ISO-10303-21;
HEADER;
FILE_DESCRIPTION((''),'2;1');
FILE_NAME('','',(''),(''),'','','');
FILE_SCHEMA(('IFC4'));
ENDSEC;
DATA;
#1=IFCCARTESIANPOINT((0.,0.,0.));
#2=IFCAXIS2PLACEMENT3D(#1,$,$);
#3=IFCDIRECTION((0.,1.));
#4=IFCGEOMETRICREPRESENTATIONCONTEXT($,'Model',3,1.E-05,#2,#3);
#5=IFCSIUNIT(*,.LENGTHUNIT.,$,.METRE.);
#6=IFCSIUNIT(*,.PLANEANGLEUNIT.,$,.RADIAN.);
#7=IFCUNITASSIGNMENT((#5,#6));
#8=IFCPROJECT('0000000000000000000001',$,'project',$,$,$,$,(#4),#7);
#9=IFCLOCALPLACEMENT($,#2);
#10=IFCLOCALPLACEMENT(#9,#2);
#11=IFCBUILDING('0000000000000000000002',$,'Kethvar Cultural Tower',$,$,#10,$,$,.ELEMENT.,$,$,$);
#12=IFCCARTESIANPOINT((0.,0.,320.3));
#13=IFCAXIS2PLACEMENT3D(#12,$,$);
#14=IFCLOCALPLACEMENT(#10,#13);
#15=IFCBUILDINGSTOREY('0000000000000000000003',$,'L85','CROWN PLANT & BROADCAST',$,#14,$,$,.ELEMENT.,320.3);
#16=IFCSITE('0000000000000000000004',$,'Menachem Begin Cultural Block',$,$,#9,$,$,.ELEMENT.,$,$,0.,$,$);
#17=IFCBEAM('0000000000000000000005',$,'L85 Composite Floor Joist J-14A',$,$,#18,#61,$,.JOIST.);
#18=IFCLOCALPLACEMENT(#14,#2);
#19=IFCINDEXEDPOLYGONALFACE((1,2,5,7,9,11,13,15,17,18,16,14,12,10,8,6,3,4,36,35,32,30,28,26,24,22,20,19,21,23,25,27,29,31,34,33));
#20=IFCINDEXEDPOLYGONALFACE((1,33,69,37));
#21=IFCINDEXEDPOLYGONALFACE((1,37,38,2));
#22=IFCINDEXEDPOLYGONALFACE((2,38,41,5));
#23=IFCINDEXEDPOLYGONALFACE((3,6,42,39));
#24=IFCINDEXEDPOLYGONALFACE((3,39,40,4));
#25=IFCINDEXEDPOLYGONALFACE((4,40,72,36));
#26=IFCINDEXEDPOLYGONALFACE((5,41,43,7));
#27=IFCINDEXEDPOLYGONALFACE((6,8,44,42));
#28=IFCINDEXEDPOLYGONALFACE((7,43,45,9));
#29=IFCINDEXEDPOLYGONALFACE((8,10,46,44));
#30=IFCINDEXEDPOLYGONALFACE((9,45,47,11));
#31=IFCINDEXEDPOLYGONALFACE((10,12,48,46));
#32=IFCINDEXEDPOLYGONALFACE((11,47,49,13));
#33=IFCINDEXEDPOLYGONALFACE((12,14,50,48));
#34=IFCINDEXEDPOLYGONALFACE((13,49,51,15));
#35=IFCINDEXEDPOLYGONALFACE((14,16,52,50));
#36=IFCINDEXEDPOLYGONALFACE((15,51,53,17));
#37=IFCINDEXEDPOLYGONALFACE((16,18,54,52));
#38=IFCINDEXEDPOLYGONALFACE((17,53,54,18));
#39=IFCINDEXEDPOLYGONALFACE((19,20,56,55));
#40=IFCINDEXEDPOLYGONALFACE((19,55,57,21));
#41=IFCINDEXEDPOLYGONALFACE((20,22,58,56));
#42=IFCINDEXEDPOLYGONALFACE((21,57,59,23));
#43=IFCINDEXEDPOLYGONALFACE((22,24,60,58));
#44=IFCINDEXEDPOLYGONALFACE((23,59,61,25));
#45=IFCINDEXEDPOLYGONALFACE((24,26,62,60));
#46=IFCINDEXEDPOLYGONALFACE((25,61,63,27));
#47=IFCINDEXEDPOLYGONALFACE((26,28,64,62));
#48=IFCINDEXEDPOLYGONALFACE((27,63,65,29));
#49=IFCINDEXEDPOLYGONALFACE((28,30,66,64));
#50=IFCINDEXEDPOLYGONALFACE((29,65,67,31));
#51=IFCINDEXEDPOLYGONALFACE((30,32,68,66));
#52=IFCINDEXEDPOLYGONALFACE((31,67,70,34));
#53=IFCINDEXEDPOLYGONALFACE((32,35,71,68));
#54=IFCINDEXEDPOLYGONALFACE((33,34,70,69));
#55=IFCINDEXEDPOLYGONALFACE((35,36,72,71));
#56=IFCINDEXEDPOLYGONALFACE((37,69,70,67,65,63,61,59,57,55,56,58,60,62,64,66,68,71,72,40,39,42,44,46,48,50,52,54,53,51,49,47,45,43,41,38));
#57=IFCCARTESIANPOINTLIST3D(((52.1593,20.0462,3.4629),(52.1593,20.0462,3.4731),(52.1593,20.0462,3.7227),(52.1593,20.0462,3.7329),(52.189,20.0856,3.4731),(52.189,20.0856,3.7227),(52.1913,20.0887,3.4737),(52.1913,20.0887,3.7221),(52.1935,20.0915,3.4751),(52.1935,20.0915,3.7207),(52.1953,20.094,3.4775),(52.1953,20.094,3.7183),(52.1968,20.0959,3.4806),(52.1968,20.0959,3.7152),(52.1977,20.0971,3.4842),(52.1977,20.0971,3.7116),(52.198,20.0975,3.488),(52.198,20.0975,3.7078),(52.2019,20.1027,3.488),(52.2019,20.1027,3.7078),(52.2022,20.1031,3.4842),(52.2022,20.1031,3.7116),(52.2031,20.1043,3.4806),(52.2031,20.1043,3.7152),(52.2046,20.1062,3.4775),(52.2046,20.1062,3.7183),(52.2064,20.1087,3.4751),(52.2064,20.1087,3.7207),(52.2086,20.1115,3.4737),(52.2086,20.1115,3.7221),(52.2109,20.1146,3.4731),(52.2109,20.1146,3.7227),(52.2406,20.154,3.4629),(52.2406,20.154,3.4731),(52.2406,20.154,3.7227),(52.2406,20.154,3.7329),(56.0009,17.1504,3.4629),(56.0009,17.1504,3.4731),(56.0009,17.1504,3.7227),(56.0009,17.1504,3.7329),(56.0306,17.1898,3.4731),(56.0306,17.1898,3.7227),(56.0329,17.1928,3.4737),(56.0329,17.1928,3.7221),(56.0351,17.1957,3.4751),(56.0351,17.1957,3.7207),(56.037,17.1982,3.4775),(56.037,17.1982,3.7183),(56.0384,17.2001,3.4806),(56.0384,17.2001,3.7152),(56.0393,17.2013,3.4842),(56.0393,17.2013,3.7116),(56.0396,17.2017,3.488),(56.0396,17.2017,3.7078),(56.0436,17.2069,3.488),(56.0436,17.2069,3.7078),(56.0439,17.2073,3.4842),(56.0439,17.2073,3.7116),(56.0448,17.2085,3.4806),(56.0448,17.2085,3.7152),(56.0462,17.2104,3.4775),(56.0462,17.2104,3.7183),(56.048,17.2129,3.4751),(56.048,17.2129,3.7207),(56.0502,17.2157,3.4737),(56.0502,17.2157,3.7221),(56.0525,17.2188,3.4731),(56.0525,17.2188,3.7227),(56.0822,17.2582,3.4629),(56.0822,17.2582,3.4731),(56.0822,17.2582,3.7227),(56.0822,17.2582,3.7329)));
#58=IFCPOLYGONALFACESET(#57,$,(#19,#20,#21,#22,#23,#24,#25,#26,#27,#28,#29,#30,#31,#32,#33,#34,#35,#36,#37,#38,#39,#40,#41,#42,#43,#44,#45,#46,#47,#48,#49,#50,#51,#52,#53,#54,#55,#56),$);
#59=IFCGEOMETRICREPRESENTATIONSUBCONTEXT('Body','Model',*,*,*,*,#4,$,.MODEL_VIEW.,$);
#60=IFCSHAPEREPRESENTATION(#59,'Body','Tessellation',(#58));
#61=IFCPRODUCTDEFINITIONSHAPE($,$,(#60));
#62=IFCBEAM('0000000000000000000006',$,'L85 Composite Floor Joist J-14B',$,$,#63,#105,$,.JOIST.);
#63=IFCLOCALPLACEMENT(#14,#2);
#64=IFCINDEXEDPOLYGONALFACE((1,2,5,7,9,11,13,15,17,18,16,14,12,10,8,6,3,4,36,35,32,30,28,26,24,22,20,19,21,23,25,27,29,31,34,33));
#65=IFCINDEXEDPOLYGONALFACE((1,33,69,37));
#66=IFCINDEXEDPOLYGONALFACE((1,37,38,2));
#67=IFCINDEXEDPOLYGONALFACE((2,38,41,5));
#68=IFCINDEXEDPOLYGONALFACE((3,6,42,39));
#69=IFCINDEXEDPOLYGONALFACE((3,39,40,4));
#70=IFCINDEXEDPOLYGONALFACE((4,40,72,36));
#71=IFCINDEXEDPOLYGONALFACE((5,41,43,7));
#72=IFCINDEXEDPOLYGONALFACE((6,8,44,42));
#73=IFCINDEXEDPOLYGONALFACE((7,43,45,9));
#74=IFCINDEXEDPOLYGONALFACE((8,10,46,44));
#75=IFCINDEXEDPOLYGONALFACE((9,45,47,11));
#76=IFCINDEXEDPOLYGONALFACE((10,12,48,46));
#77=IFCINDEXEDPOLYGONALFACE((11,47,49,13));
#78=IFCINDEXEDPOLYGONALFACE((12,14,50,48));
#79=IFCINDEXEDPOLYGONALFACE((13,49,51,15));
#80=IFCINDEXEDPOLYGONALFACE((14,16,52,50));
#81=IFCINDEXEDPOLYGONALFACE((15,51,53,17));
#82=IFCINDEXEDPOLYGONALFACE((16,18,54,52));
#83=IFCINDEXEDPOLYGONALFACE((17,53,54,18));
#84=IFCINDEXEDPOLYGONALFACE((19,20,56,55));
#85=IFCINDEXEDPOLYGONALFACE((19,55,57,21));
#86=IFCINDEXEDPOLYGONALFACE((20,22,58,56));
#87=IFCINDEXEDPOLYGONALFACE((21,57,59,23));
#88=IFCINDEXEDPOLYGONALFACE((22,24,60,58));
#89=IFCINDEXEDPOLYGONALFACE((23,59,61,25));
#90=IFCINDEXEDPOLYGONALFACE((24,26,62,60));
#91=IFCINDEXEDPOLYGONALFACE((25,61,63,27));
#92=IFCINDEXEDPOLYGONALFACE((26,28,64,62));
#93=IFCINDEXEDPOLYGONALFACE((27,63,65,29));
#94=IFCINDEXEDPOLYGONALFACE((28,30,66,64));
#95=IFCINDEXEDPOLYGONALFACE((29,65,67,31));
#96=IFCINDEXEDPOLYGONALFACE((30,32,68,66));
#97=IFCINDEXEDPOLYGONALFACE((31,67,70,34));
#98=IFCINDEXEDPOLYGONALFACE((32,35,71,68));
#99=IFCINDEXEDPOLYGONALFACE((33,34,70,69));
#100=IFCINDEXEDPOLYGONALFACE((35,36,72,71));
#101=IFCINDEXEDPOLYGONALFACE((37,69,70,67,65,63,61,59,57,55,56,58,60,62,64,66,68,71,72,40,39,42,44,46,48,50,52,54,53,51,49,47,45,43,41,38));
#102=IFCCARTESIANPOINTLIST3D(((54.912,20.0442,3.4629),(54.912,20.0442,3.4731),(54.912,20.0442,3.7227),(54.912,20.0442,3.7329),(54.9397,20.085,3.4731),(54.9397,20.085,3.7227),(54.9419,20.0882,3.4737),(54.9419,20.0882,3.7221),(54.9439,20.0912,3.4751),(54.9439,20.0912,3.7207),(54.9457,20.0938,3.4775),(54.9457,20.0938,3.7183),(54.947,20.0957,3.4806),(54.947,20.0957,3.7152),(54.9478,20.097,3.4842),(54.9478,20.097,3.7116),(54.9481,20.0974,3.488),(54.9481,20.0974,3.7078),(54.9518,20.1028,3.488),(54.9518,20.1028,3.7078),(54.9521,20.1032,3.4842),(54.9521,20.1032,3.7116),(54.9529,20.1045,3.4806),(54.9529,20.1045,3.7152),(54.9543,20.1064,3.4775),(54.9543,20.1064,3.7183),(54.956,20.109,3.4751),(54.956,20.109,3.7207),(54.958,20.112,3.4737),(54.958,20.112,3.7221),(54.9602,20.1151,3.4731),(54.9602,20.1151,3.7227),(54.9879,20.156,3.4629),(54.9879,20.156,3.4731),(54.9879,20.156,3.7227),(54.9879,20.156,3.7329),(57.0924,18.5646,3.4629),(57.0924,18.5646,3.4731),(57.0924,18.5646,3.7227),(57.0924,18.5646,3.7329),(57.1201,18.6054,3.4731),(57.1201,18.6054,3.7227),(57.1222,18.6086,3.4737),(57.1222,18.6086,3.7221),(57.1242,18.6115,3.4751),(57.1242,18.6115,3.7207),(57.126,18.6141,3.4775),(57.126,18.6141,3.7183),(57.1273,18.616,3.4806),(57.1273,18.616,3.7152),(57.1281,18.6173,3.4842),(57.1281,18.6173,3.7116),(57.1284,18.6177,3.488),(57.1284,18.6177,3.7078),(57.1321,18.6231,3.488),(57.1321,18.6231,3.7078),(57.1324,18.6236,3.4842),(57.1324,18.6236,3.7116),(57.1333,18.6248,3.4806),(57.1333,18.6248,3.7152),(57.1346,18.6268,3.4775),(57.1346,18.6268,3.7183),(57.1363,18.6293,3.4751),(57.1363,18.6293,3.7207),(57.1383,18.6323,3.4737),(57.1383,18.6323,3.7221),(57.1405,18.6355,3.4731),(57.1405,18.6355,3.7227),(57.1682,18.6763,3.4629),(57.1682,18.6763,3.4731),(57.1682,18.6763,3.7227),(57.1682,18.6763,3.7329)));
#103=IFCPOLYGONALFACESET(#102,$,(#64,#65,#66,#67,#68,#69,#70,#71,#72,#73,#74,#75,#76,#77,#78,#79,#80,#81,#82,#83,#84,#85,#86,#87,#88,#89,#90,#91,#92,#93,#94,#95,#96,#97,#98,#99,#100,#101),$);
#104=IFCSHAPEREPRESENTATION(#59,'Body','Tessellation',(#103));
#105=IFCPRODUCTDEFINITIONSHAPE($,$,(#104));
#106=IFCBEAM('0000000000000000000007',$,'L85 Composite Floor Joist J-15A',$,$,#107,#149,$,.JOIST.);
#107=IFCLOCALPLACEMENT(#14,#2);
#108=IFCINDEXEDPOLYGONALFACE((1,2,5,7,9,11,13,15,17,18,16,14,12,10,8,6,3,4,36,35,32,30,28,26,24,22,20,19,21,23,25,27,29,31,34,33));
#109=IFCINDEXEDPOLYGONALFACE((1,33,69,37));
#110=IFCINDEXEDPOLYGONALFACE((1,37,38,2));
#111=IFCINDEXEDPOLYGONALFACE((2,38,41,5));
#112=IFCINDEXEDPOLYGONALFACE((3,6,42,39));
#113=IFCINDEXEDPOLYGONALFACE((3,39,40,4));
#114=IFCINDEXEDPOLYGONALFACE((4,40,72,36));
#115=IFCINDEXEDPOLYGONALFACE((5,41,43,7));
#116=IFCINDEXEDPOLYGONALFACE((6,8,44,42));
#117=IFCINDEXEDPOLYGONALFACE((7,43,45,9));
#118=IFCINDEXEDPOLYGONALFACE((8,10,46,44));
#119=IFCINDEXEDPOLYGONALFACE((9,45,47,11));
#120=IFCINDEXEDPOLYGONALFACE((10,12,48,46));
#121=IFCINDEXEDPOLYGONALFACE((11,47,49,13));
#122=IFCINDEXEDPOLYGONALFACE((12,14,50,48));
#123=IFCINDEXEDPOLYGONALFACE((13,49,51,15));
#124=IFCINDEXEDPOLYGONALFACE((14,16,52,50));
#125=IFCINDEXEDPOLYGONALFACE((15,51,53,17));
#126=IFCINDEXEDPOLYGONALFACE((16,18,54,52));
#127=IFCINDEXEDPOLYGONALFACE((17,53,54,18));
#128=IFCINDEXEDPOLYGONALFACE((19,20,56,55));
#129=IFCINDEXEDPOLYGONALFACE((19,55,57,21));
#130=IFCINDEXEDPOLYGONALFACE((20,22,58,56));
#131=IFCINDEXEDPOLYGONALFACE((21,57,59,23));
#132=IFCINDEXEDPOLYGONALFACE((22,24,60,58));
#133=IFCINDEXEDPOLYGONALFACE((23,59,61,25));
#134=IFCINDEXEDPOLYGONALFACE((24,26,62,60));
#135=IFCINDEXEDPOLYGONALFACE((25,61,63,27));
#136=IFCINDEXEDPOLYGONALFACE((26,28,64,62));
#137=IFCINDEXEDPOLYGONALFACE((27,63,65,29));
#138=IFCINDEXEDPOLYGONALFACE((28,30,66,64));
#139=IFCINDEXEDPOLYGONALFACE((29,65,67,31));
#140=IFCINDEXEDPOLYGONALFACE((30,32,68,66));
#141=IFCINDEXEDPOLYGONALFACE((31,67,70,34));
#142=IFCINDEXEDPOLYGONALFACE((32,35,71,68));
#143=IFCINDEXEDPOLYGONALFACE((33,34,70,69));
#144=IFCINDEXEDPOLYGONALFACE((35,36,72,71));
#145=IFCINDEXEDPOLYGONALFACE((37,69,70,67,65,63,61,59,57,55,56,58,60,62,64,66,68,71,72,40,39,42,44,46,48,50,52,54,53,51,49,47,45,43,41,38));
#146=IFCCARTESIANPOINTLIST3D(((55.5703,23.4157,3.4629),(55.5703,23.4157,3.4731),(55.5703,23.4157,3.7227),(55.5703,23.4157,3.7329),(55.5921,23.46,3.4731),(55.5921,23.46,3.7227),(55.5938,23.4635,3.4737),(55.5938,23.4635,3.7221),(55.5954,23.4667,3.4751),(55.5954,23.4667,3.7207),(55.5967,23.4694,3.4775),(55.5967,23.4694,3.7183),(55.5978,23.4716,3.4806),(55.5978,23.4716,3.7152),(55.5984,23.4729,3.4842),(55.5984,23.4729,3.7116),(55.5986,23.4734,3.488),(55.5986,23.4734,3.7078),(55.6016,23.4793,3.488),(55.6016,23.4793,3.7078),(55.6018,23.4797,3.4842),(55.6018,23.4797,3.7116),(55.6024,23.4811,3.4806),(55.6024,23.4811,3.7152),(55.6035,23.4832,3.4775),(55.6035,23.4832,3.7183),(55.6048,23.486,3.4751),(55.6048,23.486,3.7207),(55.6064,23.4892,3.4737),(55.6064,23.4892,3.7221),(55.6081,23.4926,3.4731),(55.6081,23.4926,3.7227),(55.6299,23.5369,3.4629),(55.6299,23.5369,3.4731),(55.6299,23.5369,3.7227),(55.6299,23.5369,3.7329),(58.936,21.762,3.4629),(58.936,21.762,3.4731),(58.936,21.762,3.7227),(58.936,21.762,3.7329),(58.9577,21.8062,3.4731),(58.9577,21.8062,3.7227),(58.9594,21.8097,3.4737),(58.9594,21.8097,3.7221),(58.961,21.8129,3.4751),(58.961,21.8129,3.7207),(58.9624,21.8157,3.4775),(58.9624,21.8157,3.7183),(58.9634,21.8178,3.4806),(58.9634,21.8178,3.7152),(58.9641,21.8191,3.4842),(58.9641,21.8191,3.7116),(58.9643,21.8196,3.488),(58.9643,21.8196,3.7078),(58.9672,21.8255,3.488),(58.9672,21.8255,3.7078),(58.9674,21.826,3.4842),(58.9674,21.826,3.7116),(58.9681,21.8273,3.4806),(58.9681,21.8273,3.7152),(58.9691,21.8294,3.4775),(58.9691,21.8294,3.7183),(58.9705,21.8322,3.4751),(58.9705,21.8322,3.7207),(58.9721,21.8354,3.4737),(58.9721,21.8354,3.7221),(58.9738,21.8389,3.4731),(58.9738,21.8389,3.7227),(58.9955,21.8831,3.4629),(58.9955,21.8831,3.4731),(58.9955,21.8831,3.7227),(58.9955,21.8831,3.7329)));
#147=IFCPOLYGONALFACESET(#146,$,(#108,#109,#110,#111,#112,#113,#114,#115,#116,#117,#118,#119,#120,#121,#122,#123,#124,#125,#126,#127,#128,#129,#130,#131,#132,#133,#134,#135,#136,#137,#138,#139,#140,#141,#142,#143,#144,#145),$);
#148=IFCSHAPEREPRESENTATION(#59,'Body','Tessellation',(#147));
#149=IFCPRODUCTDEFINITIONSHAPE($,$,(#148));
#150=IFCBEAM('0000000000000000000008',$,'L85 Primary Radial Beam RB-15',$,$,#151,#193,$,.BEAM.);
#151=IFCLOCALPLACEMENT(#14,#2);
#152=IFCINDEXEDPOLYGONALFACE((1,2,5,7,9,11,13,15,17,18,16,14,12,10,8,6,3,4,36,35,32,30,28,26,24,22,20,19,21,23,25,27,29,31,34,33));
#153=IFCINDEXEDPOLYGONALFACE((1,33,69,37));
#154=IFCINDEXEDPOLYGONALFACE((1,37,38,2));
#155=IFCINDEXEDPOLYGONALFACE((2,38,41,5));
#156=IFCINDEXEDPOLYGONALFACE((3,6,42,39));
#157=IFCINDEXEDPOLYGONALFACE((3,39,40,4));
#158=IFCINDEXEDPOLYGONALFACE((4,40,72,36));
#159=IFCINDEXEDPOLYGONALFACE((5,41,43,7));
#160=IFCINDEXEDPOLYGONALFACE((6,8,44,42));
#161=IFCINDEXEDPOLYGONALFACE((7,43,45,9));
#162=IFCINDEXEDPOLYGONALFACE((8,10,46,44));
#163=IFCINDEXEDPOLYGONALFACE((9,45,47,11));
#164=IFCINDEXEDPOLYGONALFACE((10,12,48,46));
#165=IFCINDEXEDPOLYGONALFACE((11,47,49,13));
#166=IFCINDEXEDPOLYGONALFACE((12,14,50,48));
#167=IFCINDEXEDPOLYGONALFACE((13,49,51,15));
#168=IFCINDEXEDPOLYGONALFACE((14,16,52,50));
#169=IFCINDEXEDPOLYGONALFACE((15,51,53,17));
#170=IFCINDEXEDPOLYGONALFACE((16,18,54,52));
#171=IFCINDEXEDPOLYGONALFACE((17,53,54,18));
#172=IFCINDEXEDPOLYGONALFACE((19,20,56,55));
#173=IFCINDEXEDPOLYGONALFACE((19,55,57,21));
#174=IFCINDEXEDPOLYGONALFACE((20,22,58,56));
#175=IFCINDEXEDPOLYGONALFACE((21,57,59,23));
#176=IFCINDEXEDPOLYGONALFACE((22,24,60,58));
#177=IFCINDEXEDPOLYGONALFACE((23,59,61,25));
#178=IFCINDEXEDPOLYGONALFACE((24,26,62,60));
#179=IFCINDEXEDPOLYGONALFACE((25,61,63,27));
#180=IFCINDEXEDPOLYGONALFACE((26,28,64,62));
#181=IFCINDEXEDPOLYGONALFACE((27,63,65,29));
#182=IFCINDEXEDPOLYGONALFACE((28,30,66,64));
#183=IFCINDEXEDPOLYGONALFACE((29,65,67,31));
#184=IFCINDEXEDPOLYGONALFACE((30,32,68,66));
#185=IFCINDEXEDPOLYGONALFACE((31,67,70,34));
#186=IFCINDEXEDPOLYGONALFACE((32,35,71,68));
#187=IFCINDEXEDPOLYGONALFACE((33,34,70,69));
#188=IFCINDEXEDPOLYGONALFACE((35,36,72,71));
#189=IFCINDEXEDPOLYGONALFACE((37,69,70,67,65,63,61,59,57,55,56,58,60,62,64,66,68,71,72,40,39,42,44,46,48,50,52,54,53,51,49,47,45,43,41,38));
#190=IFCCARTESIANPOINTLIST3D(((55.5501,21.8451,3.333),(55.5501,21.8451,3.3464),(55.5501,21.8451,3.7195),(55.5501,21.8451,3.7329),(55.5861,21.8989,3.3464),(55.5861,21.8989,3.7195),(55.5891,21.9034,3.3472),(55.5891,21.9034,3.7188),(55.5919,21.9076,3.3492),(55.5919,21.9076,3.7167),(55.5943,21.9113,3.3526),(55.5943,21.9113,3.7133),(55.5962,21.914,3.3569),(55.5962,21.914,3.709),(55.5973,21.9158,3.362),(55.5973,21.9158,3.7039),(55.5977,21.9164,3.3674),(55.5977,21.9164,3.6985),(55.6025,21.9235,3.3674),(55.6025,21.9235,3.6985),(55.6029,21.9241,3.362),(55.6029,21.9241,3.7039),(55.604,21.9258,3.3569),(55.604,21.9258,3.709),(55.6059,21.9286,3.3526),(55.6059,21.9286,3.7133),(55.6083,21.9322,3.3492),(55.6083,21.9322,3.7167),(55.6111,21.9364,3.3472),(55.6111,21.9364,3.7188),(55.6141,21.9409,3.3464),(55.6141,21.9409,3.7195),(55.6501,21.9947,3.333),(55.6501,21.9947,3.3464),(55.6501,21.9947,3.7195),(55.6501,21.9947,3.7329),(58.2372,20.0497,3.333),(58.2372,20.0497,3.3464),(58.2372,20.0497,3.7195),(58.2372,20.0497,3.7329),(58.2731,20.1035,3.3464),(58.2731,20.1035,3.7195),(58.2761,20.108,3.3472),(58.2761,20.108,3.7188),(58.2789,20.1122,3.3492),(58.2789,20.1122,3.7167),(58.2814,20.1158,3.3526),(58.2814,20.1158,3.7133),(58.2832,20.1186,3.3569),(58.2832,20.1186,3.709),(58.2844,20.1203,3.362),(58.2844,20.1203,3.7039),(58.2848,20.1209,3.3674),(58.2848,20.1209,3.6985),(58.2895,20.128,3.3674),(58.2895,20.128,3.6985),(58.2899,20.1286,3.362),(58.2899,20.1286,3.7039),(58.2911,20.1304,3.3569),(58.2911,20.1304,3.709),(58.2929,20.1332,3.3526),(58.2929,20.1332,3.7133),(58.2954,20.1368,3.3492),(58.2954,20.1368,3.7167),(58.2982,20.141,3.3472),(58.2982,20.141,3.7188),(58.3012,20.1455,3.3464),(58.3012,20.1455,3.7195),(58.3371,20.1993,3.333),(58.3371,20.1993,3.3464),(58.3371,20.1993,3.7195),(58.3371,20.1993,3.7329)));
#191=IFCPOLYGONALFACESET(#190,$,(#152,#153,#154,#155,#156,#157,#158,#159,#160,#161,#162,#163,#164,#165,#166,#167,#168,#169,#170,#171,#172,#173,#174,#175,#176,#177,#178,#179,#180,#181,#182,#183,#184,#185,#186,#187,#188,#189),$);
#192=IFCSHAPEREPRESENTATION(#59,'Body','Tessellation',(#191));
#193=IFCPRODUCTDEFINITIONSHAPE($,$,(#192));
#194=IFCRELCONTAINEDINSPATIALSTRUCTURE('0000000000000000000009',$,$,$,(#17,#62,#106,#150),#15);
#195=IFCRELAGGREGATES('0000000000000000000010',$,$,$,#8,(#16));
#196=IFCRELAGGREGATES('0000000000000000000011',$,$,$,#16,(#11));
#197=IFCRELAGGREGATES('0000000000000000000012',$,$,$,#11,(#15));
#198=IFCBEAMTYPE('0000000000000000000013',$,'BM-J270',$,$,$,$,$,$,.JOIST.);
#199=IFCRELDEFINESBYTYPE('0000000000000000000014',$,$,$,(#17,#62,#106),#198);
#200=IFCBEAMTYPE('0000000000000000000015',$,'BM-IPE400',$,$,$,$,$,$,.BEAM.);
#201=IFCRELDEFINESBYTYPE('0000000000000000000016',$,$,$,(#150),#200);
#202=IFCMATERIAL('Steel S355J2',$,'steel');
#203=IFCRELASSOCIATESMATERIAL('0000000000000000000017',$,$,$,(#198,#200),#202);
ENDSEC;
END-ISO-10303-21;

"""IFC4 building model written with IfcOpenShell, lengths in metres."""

from ifc_helpers import new_model, si_unit, direction, frame, origin, origin_2d, place, context, subcontext, project, spatial, i_section, extrude, source, transform, mapped, material, material_profile, profile_set, type_object, element, save


model = new_model("IFC4")

# Units and contexts
model_context = context("Model", 3, precision=1e-05, world=origin(), true_north=direction((0.0, 1.0)))
body_context = subcontext(model_context, "Body", "Model", "MODEL_VIEW")
ifc_project = project(units=[si_unit("LENGTHUNIT", "METRE"), si_unit("PLANEANGLEUNIT", "RADIAN")], contexts=[model_context])

# Site, building, storey
site_placement = place(None, origin())
site = spatial("IfcSite", under=ifc_project, at=site_placement, Name="Menachem Begin Cultural Block", CompositionType="ELEMENT", RefElevation=0.0)
building_placement = place(site_placement, origin())
building = spatial("IfcBuilding", under=site, at=building_placement, Name="Kethvar Cultural Tower", CompositionType="ELEMENT")
storey_placement = place(building_placement, frame((0.0, 0.0, 320.3)))
storey = spatial("IfcBuildingStorey", under=building, at=storey_placement, Name="L85", Description="CROWN PLANT & BROADCAST", CompositionType="ELEMENT", Elevation=320.3)

# Beams
ifc_material_1 = material(Name="Steel S355J2", Category="steel")
ifc_material_profile_1 = material_profile(ifc_material_1, i_section(OverallWidth=0.135, OverallDepth=0.27, WebThickness=0.0066, FlangeThickness=0.0103, FilletRadius=0.0149, at=origin_2d()), Name="Steel S355J2 — IPE270")
ifc_profile_set_1 = profile_set([ifc_material_profile_1], Name="Steel S355J2 — IPE270")
beam_type_1 = type_object("IfcBeamType", Name="BM-J270", PredefinedType="JOIST", material=ifc_profile_set_1)
shared_shape_1 = source(origin(), body_context, "Body", "SweptSolid", [
    extrude(i_section(OverallWidth=0.135, OverallDepth=0.27, WebThickness=0.0066, FlangeThickness=0.0103, FilletRadius=0.0149, at=origin_2d()), origin(), (0.0, 0.0, 1.0), 4.8108),
])
beam_1_placement = place(storey_placement, frame((52.2, 20.1001, 3.5979), z_axis=(0.798542, -0.601939, 0.0), x_axis=(0.601939, 0.798542, 0.0)))
element("IfcBeam", 1, at=beam_1_placement, inside=storey, type_object=beam_type_1, Name="L85 Composite Floor Joist J-14A", PredefinedType="JOIST", context=body_context, shape_type="MappedRepresentation", body=[
    mapped(shared_shape_1, transform((0.0, 0.0, 0.0), scale=1.0)),
])
shared_shape_2 = source(origin(), body_context, "Body", "SweptSolid", [
    extrude(i_section(OverallWidth=0.135, OverallDepth=0.27, WebThickness=0.0066, FlangeThickness=0.0103, FilletRadius=0.0149, at=origin_2d()), origin(), (0.0, 0.0, 1.0), 2.635),
])
beam_2_placement = place(storey_placement, frame((54.95, 20.1001, 3.5979), z_axis=(0.827447, -0.561544, 0.0), x_axis=(0.561544, 0.827447, 0.0)))
element("IfcBeam", 2, at=beam_2_placement, inside=storey, type_object=beam_type_1, Name="L85 Composite Floor Joist J-14B", PredefinedType="JOIST", context=body_context, shape_type="MappedRepresentation", body=[
    mapped(shared_shape_2, transform((0.0, 0.0, 0.0), scale=1.0)),
])
shared_shape_3 = source(origin(), body_context, "Body", "SweptSolid", [
    extrude(i_section(OverallWidth=0.135, OverallDepth=0.27, WebThickness=0.0066, FlangeThickness=0.0103, FilletRadius=0.0149, at=origin_2d()), origin(), (0.0, 0.0, 1.0), 3.75),
])
beam_3_placement = place(storey_placement, frame((55.6001, 23.4763, 3.5979), z_axis=(0.897505, -0.441005, 0.0), x_axis=(0.441005, 0.897505, 0.0)))
element("IfcBeam", 3, at=beam_3_placement, inside=storey, type_object=beam_type_1, Name="L85 Composite Floor Joist J-15A", PredefinedType="JOIST", context=body_context, shape_type="MappedRepresentation", body=[
    mapped(shared_shape_3, transform((0.0, 0.0, 0.0), scale=1.0)),
])
ifc_material_profile_2 = material_profile(ifc_material_1, i_section(OverallWidth=0.1799, OverallDepth=0.3999, WebThickness=0.0085, FlangeThickness=0.0134, FilletRadius=0.021, at=origin_2d()), Name="Steel S355J2 — IPE400")
ifc_profile_set_2 = profile_set([ifc_material_profile_2], Name="Steel S355J2 — IPE400")
beam_type_2 = type_object("IfcBeamType", Name="BM-IPE400", PredefinedType="BEAM", material=ifc_profile_set_2)
shared_shape_4 = source(origin(), body_context, "Body", "SweptSolid", [
    extrude(i_section(OverallWidth=0.1799, OverallDepth=0.3999, WebThickness=0.0085, FlangeThickness=0.0134, FilletRadius=0.021, at=origin_2d()), origin(), (0.0, 0.0, 1.0), 3.2317),
])
beam_4_placement = place(storey_placement, frame((55.6001, 21.9199, 3.533), z_axis=(0.831469, -0.555572, 0.0), x_axis=(0.555572, 0.831469, 0.0)))
element("IfcBeam", 4, at=beam_4_placement, inside=storey, type_object=beam_type_2, Name="L85 Primary Radial Beam RB-15", PredefinedType="BEAM", context=body_context, shape_type="MappedRepresentation", body=[
    mapped(shared_shape_4, transform((0.0, 0.0, 0.0), scale=1.0)),
])

save(model, "model.ifc")
